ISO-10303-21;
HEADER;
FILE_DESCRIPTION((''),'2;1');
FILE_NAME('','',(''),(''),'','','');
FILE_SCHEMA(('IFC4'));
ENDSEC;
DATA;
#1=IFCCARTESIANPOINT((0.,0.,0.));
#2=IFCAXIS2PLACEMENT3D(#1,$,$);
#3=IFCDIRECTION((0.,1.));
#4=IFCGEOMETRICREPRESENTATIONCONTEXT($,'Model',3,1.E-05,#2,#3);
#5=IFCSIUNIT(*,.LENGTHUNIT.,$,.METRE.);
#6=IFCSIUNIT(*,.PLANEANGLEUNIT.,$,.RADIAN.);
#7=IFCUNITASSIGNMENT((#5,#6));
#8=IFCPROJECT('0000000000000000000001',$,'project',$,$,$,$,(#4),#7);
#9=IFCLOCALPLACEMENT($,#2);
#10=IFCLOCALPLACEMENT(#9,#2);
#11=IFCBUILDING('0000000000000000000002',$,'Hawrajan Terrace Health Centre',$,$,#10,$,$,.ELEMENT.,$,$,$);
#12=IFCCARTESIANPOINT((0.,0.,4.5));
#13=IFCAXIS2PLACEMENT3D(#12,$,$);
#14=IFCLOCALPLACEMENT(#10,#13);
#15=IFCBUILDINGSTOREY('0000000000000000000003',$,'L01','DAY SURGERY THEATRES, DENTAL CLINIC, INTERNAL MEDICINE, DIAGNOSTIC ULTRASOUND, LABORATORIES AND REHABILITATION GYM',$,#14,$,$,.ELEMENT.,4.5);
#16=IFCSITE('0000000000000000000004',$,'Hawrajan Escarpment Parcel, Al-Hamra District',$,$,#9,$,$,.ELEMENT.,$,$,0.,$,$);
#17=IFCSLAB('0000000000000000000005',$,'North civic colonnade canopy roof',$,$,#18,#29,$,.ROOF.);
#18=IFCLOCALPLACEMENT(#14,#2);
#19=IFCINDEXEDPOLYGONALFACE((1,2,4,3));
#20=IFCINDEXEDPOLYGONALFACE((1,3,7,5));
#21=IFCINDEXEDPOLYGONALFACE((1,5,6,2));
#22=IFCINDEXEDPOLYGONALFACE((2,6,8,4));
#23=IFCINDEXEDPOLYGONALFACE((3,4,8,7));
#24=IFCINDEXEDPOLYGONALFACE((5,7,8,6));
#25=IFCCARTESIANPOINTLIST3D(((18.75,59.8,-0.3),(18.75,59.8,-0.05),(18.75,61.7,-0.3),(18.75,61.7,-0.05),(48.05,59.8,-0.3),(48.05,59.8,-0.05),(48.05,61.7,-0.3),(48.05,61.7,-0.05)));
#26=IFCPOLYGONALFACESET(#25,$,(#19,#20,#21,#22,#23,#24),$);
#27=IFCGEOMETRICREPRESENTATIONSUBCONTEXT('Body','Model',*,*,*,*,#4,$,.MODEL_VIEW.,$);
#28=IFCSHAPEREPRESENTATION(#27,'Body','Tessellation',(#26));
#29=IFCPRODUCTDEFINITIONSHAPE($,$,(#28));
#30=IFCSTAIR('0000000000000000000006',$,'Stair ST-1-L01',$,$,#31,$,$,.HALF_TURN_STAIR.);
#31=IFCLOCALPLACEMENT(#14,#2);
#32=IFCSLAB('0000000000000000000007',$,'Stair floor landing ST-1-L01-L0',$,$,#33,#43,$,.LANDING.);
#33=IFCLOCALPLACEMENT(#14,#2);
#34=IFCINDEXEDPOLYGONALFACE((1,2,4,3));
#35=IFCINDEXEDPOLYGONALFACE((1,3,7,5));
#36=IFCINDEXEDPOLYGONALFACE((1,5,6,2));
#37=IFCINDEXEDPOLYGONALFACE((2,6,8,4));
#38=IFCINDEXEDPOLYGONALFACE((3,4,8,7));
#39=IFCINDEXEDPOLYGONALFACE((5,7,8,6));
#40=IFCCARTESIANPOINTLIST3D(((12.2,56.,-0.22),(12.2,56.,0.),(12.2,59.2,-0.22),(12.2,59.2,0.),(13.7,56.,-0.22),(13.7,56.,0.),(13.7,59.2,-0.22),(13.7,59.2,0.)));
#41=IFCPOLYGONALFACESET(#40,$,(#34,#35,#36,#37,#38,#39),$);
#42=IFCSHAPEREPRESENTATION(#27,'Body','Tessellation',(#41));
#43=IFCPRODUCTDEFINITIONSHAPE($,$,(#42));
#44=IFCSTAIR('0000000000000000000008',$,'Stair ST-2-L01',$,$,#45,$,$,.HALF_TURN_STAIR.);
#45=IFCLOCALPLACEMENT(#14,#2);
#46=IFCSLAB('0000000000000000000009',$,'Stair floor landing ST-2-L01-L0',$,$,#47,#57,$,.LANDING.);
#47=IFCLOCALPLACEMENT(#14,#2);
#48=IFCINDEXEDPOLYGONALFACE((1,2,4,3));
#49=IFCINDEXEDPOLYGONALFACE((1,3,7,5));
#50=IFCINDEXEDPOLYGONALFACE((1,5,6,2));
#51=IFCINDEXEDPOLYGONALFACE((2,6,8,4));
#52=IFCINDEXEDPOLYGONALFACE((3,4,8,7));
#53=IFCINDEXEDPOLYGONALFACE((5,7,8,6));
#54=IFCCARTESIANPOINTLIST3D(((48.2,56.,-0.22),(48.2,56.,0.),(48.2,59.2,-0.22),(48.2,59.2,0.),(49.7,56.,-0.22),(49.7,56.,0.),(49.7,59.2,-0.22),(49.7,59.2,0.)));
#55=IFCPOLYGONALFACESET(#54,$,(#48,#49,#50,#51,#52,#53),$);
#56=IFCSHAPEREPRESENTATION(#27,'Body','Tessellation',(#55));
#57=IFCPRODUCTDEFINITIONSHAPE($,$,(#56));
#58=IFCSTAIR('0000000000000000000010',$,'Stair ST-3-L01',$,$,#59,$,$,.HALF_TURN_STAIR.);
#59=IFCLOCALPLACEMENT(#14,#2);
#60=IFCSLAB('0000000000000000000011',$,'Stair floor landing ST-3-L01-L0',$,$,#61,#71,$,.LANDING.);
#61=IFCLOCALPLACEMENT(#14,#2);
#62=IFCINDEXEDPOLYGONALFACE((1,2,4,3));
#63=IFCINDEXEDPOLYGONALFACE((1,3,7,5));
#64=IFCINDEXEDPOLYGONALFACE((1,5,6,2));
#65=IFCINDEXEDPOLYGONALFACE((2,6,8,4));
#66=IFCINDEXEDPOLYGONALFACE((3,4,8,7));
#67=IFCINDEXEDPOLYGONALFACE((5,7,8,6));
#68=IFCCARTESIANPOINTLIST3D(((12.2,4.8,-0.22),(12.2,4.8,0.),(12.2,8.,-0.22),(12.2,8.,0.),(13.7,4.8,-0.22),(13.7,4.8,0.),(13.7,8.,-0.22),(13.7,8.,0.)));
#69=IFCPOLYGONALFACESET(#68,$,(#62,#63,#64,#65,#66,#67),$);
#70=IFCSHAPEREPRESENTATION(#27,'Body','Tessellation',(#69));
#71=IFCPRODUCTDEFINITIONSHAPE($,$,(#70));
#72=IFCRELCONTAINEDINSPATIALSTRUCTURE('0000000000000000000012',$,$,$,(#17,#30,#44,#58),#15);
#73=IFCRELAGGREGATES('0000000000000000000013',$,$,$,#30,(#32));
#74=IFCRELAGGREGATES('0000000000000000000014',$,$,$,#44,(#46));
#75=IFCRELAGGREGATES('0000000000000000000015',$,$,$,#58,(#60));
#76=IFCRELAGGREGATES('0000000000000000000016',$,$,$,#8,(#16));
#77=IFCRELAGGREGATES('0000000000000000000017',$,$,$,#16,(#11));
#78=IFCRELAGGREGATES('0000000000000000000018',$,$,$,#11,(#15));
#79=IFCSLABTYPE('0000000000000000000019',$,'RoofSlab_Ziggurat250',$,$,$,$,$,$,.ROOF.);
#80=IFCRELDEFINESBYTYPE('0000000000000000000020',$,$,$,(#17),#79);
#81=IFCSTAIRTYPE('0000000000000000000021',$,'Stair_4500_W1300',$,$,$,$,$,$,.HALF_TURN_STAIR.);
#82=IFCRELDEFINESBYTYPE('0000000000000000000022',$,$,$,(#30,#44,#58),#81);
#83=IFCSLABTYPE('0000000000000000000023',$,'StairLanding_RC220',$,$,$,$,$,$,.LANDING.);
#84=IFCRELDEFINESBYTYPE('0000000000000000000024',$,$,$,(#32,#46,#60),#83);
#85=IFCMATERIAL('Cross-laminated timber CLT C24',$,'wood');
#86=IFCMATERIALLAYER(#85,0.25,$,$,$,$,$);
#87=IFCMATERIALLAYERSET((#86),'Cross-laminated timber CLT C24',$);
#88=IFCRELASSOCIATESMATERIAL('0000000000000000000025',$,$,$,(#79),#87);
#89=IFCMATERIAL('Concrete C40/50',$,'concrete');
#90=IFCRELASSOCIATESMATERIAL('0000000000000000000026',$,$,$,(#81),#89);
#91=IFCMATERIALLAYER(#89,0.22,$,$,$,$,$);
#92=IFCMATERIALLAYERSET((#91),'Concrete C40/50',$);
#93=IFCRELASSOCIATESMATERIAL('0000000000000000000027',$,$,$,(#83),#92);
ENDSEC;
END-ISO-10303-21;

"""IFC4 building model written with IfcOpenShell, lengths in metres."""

from ifc_helpers import new_model, si_unit, direction, frame, origin, place, context, subcontext, project, spatial, polyline, outline, extrude, material, layer, layer_set, type_object, element, aggregate, save


model = new_model("IFC4")

# Units and contexts
model_context = context("Model", 3, precision=1e-05, world=origin(), true_north=direction((0.0, 1.0)))
body_context = subcontext(model_context, "Body", "Model", "MODEL_VIEW")
ifc_project = project(units=[si_unit("LENGTHUNIT", "METRE"), si_unit("PLANEANGLEUNIT", "RADIAN")], contexts=[model_context])

# Site, building, storey
site_placement = place(None, origin())
site = spatial("IfcSite", under=ifc_project, at=site_placement, Name="Hawrajan Escarpment Parcel, Al-Hamra District", CompositionType="ELEMENT", RefElevation=0.0)
building_placement = place(site_placement, origin())
building = spatial("IfcBuilding", under=site, at=building_placement, Name="Hawrajan Terrace Health Centre", CompositionType="ELEMENT")
storey_placement = place(building_placement, frame((0.0, 0.0, 4.5)))
storey = spatial("IfcBuildingStorey", under=building, at=storey_placement, Name="L01", Description="DAY SURGERY THEATRES, DENTAL CLINIC, INTERNAL MEDICINE, DIAGNOSTIC ULTRASOUND, LABORATORIES AND REHABILITATION GYM", CompositionType="ELEMENT", Elevation=4.5)

# Slab
ifc_material_1 = material(Name="Concrete C40/50", Category="concrete")
ifc_material_2 = material(Name="Cross-laminated timber CLT C24", Category="wood")
ifc_layer_1 = layer(ifc_material_2, 0.25)
ifc_layer_set_1 = layer_set([ifc_layer_1], Name="Cross-laminated timber CLT C24")
slab_type_1 = type_object("IfcSlabType", Name="RoofSlab_Ziggurat250", PredefinedType="ROOF", material=ifc_layer_set_1)
slab_1_placement = place(storey_placement, frame((0.0, 0.0, -0.3)))
element("IfcSlab", 1, at=slab_1_placement, inside=storey, type_object=slab_type_1, Name="North civic colonnade canopy roof", PredefinedType="ROOF", context=body_context, shape_type="SweptSolid", body=[
    extrude(outline(polyline([(18.75, 59.8), (48.05, 59.8), (48.05, 61.7), (18.75, 61.7), (18.75, 59.8)])), origin(), (0.0, 0.0, 1.0), 0.25),
])

# Stairs, slabs
stair_type = type_object("IfcStairType", Name="Stair_4500_W1300", PredefinedType="HALF_TURN_STAIR", material=ifc_material_1)
stair_1_placement = place(storey_placement, origin())
stair_1 = element("IfcStair", 2, at=stair_1_placement, inside=storey, type_object=stair_type, Name="Stair ST-1-L01", PredefinedType="HALF_TURN_STAIR")
ifc_layer_2 = layer(ifc_material_1, 0.22)
ifc_layer_set_2 = layer_set([ifc_layer_2], Name="Concrete C40/50")
slab_type_2 = type_object("IfcSlabType", Name="StairLanding_RC220", PredefinedType="LANDING", material=ifc_layer_set_2)
slab_2_placement = place(storey_placement, frame((0.0, 0.0, -0.22)))
slab_2 = element("IfcSlab", 3, at=slab_2_placement, type_object=slab_type_2, Name="Stair floor landing ST-1-L01-L0", PredefinedType="LANDING", context=body_context, shape_type="SweptSolid", body=[
    extrude(outline(polyline([(12.2, 56.0), (13.7, 56.0), (13.7, 59.2), (12.2, 59.2), (12.2, 56.0)])), origin(), (0.0, 0.0, 1.0), 0.22),
])
aggregate(stair_1, [slab_2])
stair_2_placement = place(storey_placement, origin())
stair_2 = element("IfcStair", 4, at=stair_2_placement, inside=storey, type_object=stair_type, Name="Stair ST-2-L01", PredefinedType="HALF_TURN_STAIR")
slab_3_placement = place(storey_placement, frame((0.0, 0.0, -0.22)))
slab_3 = element("IfcSlab", 5, at=slab_3_placement, type_object=slab_type_2, Name="Stair floor landing ST-2-L01-L0", PredefinedType="LANDING", context=body_context, shape_type="SweptSolid", body=[
    extrude(outline(polyline([(48.2, 56.0), (49.7, 56.0), (49.7, 59.2), (48.2, 59.2), (48.2, 56.0)])), origin(), (0.0, 0.0, 1.0), 0.22),
])
aggregate(stair_2, [slab_3])
stair_3_placement = place(storey_placement, origin())
stair_3 = element("IfcStair", 6, at=stair_3_placement, inside=storey, type_object=stair_type, Name="Stair ST-3-L01", PredefinedType="HALF_TURN_STAIR")
slab_4_placement = place(storey_placement, frame((0.0, 0.0, -0.22)))
slab_4 = element("IfcSlab", 7, at=slab_4_placement, type_object=slab_type_2, Name="Stair floor landing ST-3-L01-L0", PredefinedType="LANDING", context=body_context, shape_type="SweptSolid", body=[
    extrude(outline(polyline([(12.2, 4.8), (13.7, 4.8), (13.7, 8.0), (12.2, 8.0), (12.2, 4.8)])), origin(), (0.0, 0.0, 1.0), 0.22),
])
aggregate(stair_3, [slab_4])

save(model, "model.ifc")
